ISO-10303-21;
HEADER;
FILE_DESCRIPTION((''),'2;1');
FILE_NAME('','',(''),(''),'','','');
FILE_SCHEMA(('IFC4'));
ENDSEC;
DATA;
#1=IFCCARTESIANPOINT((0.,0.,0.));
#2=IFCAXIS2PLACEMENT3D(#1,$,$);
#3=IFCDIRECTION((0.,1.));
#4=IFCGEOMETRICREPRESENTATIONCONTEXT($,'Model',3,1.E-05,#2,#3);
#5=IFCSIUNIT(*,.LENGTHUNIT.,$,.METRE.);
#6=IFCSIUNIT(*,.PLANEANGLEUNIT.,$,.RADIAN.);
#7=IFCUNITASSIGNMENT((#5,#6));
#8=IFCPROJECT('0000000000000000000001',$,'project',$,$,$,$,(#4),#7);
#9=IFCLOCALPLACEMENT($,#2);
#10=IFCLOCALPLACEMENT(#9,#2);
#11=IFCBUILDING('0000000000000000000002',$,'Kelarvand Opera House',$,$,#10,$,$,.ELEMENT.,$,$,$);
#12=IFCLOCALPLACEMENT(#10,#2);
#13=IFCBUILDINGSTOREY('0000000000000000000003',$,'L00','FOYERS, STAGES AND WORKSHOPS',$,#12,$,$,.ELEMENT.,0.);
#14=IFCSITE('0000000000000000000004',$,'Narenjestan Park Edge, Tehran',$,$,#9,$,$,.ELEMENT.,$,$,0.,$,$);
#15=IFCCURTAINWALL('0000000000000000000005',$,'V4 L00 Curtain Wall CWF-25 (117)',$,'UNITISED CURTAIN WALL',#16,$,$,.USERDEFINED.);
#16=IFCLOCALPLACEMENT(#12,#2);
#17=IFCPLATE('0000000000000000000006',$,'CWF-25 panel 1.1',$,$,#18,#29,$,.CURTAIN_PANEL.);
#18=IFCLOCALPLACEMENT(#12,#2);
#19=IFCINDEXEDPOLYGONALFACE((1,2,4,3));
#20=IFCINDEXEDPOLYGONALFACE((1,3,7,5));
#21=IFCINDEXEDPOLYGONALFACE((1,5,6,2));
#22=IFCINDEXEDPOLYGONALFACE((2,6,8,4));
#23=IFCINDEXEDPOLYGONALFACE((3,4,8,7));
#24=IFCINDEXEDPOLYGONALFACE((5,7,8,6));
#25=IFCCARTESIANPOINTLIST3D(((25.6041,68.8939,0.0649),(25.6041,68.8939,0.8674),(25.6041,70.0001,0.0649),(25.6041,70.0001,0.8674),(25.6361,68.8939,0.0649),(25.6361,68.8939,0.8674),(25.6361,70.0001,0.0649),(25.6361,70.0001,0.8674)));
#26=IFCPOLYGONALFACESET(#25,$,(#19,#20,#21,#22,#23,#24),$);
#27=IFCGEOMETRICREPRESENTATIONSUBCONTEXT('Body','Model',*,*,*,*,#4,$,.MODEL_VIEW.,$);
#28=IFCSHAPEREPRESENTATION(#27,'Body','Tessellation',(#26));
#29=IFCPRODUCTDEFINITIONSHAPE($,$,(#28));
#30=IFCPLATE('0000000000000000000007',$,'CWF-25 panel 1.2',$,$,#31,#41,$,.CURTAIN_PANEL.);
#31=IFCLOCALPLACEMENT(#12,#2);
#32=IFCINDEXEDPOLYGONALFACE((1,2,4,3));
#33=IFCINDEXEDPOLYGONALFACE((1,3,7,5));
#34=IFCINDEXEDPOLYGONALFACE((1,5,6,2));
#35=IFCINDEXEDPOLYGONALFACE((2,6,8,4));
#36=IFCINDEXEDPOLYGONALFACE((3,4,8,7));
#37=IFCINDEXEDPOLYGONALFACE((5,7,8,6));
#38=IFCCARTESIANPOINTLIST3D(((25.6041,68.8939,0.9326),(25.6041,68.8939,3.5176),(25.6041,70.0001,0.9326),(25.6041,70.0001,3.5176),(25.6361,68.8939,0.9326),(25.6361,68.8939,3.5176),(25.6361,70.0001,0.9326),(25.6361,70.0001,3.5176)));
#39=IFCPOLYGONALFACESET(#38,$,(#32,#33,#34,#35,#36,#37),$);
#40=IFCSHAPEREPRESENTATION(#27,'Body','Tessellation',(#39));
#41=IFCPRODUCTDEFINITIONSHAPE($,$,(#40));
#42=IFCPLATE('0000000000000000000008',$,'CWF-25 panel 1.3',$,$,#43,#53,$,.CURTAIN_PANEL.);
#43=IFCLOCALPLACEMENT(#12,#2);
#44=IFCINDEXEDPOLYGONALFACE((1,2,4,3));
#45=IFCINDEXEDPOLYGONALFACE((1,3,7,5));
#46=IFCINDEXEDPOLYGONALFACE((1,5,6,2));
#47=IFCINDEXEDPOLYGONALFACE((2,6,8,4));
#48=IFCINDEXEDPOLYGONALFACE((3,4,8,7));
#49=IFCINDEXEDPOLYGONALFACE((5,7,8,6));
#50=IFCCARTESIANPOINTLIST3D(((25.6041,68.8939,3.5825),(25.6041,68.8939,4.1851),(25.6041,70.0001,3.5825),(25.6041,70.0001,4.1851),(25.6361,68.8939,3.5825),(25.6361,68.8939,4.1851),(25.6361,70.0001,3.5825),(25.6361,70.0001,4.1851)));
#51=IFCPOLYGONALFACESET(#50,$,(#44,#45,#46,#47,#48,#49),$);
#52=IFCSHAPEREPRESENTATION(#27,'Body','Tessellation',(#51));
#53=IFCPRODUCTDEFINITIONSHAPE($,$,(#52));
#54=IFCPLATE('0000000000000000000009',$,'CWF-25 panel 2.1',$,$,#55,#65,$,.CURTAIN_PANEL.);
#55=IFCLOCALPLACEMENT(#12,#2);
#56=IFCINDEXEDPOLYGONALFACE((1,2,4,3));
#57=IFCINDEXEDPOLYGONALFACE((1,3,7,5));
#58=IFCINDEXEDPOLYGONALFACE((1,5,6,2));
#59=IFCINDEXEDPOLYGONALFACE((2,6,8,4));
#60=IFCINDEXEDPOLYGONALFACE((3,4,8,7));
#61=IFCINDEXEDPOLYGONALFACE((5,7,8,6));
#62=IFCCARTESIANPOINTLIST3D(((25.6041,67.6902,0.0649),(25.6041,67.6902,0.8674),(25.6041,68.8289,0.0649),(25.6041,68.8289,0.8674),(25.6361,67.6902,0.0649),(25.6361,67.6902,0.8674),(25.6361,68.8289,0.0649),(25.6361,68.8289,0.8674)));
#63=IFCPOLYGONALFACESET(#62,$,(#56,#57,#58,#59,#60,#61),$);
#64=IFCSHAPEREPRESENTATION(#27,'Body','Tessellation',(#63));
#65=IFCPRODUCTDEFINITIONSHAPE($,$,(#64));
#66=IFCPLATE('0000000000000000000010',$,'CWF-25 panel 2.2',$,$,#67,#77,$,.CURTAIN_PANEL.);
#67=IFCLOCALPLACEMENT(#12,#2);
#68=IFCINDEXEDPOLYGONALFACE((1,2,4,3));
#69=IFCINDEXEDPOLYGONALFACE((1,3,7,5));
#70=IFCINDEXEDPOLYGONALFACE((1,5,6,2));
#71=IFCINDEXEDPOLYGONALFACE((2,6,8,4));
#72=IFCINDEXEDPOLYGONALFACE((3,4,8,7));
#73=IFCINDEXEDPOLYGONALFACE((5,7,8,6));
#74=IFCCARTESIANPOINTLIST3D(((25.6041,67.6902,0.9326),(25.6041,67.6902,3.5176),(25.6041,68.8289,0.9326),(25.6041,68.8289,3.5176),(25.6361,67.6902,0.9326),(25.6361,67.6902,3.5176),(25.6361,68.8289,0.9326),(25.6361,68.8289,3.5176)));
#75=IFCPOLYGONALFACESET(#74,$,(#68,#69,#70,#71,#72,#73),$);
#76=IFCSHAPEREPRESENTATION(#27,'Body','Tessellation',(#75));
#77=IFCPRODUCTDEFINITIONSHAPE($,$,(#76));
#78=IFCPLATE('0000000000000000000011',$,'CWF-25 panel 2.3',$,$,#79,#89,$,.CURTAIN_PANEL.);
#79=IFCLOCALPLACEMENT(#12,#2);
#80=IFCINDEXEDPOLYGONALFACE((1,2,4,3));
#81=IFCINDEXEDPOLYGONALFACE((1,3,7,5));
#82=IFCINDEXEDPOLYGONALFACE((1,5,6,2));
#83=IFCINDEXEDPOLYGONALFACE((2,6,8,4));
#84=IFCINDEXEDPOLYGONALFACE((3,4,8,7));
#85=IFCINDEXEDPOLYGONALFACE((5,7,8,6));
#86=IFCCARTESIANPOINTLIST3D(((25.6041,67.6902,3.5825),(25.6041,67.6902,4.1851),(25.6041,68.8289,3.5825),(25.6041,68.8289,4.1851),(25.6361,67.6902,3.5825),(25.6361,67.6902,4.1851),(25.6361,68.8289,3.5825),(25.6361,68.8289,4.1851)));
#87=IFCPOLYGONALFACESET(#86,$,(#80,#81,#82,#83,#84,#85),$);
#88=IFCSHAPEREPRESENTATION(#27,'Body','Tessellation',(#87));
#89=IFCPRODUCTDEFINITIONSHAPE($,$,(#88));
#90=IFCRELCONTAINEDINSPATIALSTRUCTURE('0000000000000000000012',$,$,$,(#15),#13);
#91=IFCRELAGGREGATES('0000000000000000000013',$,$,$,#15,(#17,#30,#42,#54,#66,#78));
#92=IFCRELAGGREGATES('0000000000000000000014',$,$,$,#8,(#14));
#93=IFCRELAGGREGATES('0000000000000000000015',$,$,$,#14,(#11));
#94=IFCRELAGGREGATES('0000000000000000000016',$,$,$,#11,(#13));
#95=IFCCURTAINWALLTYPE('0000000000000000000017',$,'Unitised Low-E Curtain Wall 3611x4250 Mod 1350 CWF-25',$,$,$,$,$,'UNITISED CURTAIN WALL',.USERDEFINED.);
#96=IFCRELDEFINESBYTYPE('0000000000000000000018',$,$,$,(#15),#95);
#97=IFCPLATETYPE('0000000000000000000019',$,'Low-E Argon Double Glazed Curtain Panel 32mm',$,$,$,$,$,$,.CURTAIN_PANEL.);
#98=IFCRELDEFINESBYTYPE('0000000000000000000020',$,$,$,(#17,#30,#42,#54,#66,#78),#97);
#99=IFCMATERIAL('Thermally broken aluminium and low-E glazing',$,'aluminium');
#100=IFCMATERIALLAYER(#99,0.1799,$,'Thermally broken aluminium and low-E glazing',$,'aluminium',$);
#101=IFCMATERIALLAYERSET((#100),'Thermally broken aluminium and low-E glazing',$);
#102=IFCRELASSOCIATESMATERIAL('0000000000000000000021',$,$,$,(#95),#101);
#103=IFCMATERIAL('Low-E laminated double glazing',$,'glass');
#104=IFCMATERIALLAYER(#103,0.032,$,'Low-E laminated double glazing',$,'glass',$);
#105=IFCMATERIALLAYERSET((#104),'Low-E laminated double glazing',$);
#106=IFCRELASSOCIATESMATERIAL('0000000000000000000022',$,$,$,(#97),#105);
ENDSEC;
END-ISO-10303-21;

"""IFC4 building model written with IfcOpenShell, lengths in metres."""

from ifc_helpers import new_model, si_unit, direction, frame, origin, origin_2d, place, context, subcontext, project, spatial, rectangle, extrude, material, layer, layer_set, type_object, element, aggregate, save


model = new_model("IFC4")

# Units and contexts
model_context = context("Model", 3, precision=1e-05, world=origin(), true_north=direction((0.0, 1.0)))
body_context = subcontext(model_context, "Body", "Model", "MODEL_VIEW")
ifc_project = project(units=[si_unit("LENGTHUNIT", "METRE"), si_unit("PLANEANGLEUNIT", "RADIAN")], contexts=[model_context])

# Site, building, storey
site_placement = place(None, origin())
site = spatial("IfcSite", under=ifc_project, at=site_placement, Name="Narenjestan Park Edge, Tehran", CompositionType="ELEMENT", RefElevation=0.0)
building_placement = place(site_placement, origin())
building = spatial("IfcBuilding", under=site, at=building_placement, Name="Kelarvand Opera House", CompositionType="ELEMENT")
storey_placement = place(building_placement, origin())
storey = spatial("IfcBuildingStorey", under=building, at=storey_placement, Name="L00", Description="FOYERS, STAGES AND WORKSHOPS", CompositionType="ELEMENT", Elevation=0.0)

# Curtain wall, plates
ifc_material_1 = material(Name="Thermally broken aluminium and low-E glazing", Category="aluminium")
ifc_layer_1 = layer(ifc_material_1, 0.1799, Name="Thermally broken aluminium and low-E glazing", Category="aluminium")
ifc_layer_set_1 = layer_set([ifc_layer_1], Name="Thermally broken aluminium and low-E glazing")
curtain_wall_type = type_object("IfcCurtainWallType", Name="Unitised Low-E Curtain Wall 3611x4250 Mod 1350 CWF-25", ElementType="UNITISED CURTAIN WALL", PredefinedType="USERDEFINED", material=ifc_layer_set_1)
curtain_wall_placement = place(storey_placement, origin())
curtain_wall = element("IfcCurtainWall", 1, at=curtain_wall_placement, inside=storey, type_object=curtain_wall_type, Name="V4 L00 Curtain Wall CWF-25 (117)", ObjectType="UNITISED CURTAIN WALL", PredefinedType="USERDEFINED")
ifc_material_2 = material(Name="Low-E laminated double glazing", Category="glass")
ifc_layer_2 = layer(ifc_material_2, 0.032, Name="Low-E laminated double glazing", Category="glass")
ifc_layer_set_2 = layer_set([ifc_layer_2], Name="Low-E laminated double glazing")
plate_type = type_object("IfcPlateType", Name="Low-E Argon Double Glazed Curtain Panel 32mm", PredefinedType="CURTAIN_PANEL", material=ifc_layer_set_2)
plate_1_placement = place(storey_placement, frame((25.6201, 69.447, 0.0649), z_axis=(0.0, 0.0, 1.0), x_axis=(0.0, -1.0, 0.0)))
plate_1 = element("IfcPlate", 2, at=plate_1_placement, type_object=plate_type, Name="CWF-25 panel 1.1", PredefinedType="CURTAIN_PANEL", context=body_context, shape_type="SweptSolid", body=[
    extrude(rectangle(XDim=1.1062, YDim=0.032, at=origin_2d()), origin(), (0.0, 0.0, 1.0), 0.8025),
])
plate_2_placement = place(storey_placement, frame((25.6201, 69.447, 0.9326), z_axis=(0.0, 0.0, 1.0), x_axis=(0.0, -1.0, 0.0)))
plate_2 = element("IfcPlate", 3, at=plate_2_placement, type_object=plate_type, Name="CWF-25 panel 1.2", PredefinedType="CURTAIN_PANEL", context=body_context, shape_type="SweptSolid", body=[
    extrude(rectangle(XDim=1.1062, YDim=0.032, at=origin_2d()), origin(), (0.0, 0.0, 1.0), 2.585),
])
plate_3_placement = place(storey_placement, frame((25.6201, 69.447, 3.5825), z_axis=(0.0, 0.0, 1.0), x_axis=(0.0, -1.0, 0.0)))
plate_3 = element("IfcPlate", 4, at=plate_3_placement, type_object=plate_type, Name="CWF-25 panel 1.3", PredefinedType="CURTAIN_PANEL", context=body_context, shape_type="SweptSolid", body=[
    extrude(rectangle(XDim=1.1062, YDim=0.032, at=origin_2d()), origin(), (0.0, 0.0, 1.0), 0.6025),
])
plate_4_placement = place(storey_placement, frame((25.6201, 68.2595, 0.0649), z_axis=(0.0, 0.0, 1.0), x_axis=(0.0, -1.0, 0.0)))
plate_4 = element("IfcPlate", 5, at=plate_4_placement, type_object=plate_type, Name="CWF-25 panel 2.1", PredefinedType="CURTAIN_PANEL", context=body_context, shape_type="SweptSolid", body=[
    extrude(rectangle(XDim=1.1387, YDim=0.032, at=origin_2d()), origin(), (0.0, 0.0, 1.0), 0.8025),
])
plate_5_placement = place(storey_placement, frame((25.6201, 68.2595, 0.9326), z_axis=(0.0, 0.0, 1.0), x_axis=(0.0, -1.0, 0.0)))
plate_5 = element("IfcPlate", 6, at=plate_5_placement, type_object=plate_type, Name="CWF-25 panel 2.2", PredefinedType="CURTAIN_PANEL", context=body_context, shape_type="SweptSolid", body=[
    extrude(rectangle(XDim=1.1387, YDim=0.032, at=origin_2d()), origin(), (0.0, 0.0, 1.0), 2.585),
])
plate_6_placement = place(storey_placement, frame((25.6201, 68.2595, 3.5825), z_axis=(0.0, 0.0, 1.0), x_axis=(0.0, -1.0, 0.0)))
plate_6 = element("IfcPlate", 7, at=plate_6_placement, type_object=plate_type, Name="CWF-25 panel 2.3", PredefinedType="CURTAIN_PANEL", context=body_context, shape_type="SweptSolid", body=[
    extrude(rectangle(XDim=1.1387, YDim=0.032, at=origin_2d()), origin(), (0.0, 0.0, 1.0), 0.6025),
])
aggregate(curtain_wall, [plate_1, plate_2, plate_3, plate_4, plate_5, plate_6])

save(model, "model.ifc")
